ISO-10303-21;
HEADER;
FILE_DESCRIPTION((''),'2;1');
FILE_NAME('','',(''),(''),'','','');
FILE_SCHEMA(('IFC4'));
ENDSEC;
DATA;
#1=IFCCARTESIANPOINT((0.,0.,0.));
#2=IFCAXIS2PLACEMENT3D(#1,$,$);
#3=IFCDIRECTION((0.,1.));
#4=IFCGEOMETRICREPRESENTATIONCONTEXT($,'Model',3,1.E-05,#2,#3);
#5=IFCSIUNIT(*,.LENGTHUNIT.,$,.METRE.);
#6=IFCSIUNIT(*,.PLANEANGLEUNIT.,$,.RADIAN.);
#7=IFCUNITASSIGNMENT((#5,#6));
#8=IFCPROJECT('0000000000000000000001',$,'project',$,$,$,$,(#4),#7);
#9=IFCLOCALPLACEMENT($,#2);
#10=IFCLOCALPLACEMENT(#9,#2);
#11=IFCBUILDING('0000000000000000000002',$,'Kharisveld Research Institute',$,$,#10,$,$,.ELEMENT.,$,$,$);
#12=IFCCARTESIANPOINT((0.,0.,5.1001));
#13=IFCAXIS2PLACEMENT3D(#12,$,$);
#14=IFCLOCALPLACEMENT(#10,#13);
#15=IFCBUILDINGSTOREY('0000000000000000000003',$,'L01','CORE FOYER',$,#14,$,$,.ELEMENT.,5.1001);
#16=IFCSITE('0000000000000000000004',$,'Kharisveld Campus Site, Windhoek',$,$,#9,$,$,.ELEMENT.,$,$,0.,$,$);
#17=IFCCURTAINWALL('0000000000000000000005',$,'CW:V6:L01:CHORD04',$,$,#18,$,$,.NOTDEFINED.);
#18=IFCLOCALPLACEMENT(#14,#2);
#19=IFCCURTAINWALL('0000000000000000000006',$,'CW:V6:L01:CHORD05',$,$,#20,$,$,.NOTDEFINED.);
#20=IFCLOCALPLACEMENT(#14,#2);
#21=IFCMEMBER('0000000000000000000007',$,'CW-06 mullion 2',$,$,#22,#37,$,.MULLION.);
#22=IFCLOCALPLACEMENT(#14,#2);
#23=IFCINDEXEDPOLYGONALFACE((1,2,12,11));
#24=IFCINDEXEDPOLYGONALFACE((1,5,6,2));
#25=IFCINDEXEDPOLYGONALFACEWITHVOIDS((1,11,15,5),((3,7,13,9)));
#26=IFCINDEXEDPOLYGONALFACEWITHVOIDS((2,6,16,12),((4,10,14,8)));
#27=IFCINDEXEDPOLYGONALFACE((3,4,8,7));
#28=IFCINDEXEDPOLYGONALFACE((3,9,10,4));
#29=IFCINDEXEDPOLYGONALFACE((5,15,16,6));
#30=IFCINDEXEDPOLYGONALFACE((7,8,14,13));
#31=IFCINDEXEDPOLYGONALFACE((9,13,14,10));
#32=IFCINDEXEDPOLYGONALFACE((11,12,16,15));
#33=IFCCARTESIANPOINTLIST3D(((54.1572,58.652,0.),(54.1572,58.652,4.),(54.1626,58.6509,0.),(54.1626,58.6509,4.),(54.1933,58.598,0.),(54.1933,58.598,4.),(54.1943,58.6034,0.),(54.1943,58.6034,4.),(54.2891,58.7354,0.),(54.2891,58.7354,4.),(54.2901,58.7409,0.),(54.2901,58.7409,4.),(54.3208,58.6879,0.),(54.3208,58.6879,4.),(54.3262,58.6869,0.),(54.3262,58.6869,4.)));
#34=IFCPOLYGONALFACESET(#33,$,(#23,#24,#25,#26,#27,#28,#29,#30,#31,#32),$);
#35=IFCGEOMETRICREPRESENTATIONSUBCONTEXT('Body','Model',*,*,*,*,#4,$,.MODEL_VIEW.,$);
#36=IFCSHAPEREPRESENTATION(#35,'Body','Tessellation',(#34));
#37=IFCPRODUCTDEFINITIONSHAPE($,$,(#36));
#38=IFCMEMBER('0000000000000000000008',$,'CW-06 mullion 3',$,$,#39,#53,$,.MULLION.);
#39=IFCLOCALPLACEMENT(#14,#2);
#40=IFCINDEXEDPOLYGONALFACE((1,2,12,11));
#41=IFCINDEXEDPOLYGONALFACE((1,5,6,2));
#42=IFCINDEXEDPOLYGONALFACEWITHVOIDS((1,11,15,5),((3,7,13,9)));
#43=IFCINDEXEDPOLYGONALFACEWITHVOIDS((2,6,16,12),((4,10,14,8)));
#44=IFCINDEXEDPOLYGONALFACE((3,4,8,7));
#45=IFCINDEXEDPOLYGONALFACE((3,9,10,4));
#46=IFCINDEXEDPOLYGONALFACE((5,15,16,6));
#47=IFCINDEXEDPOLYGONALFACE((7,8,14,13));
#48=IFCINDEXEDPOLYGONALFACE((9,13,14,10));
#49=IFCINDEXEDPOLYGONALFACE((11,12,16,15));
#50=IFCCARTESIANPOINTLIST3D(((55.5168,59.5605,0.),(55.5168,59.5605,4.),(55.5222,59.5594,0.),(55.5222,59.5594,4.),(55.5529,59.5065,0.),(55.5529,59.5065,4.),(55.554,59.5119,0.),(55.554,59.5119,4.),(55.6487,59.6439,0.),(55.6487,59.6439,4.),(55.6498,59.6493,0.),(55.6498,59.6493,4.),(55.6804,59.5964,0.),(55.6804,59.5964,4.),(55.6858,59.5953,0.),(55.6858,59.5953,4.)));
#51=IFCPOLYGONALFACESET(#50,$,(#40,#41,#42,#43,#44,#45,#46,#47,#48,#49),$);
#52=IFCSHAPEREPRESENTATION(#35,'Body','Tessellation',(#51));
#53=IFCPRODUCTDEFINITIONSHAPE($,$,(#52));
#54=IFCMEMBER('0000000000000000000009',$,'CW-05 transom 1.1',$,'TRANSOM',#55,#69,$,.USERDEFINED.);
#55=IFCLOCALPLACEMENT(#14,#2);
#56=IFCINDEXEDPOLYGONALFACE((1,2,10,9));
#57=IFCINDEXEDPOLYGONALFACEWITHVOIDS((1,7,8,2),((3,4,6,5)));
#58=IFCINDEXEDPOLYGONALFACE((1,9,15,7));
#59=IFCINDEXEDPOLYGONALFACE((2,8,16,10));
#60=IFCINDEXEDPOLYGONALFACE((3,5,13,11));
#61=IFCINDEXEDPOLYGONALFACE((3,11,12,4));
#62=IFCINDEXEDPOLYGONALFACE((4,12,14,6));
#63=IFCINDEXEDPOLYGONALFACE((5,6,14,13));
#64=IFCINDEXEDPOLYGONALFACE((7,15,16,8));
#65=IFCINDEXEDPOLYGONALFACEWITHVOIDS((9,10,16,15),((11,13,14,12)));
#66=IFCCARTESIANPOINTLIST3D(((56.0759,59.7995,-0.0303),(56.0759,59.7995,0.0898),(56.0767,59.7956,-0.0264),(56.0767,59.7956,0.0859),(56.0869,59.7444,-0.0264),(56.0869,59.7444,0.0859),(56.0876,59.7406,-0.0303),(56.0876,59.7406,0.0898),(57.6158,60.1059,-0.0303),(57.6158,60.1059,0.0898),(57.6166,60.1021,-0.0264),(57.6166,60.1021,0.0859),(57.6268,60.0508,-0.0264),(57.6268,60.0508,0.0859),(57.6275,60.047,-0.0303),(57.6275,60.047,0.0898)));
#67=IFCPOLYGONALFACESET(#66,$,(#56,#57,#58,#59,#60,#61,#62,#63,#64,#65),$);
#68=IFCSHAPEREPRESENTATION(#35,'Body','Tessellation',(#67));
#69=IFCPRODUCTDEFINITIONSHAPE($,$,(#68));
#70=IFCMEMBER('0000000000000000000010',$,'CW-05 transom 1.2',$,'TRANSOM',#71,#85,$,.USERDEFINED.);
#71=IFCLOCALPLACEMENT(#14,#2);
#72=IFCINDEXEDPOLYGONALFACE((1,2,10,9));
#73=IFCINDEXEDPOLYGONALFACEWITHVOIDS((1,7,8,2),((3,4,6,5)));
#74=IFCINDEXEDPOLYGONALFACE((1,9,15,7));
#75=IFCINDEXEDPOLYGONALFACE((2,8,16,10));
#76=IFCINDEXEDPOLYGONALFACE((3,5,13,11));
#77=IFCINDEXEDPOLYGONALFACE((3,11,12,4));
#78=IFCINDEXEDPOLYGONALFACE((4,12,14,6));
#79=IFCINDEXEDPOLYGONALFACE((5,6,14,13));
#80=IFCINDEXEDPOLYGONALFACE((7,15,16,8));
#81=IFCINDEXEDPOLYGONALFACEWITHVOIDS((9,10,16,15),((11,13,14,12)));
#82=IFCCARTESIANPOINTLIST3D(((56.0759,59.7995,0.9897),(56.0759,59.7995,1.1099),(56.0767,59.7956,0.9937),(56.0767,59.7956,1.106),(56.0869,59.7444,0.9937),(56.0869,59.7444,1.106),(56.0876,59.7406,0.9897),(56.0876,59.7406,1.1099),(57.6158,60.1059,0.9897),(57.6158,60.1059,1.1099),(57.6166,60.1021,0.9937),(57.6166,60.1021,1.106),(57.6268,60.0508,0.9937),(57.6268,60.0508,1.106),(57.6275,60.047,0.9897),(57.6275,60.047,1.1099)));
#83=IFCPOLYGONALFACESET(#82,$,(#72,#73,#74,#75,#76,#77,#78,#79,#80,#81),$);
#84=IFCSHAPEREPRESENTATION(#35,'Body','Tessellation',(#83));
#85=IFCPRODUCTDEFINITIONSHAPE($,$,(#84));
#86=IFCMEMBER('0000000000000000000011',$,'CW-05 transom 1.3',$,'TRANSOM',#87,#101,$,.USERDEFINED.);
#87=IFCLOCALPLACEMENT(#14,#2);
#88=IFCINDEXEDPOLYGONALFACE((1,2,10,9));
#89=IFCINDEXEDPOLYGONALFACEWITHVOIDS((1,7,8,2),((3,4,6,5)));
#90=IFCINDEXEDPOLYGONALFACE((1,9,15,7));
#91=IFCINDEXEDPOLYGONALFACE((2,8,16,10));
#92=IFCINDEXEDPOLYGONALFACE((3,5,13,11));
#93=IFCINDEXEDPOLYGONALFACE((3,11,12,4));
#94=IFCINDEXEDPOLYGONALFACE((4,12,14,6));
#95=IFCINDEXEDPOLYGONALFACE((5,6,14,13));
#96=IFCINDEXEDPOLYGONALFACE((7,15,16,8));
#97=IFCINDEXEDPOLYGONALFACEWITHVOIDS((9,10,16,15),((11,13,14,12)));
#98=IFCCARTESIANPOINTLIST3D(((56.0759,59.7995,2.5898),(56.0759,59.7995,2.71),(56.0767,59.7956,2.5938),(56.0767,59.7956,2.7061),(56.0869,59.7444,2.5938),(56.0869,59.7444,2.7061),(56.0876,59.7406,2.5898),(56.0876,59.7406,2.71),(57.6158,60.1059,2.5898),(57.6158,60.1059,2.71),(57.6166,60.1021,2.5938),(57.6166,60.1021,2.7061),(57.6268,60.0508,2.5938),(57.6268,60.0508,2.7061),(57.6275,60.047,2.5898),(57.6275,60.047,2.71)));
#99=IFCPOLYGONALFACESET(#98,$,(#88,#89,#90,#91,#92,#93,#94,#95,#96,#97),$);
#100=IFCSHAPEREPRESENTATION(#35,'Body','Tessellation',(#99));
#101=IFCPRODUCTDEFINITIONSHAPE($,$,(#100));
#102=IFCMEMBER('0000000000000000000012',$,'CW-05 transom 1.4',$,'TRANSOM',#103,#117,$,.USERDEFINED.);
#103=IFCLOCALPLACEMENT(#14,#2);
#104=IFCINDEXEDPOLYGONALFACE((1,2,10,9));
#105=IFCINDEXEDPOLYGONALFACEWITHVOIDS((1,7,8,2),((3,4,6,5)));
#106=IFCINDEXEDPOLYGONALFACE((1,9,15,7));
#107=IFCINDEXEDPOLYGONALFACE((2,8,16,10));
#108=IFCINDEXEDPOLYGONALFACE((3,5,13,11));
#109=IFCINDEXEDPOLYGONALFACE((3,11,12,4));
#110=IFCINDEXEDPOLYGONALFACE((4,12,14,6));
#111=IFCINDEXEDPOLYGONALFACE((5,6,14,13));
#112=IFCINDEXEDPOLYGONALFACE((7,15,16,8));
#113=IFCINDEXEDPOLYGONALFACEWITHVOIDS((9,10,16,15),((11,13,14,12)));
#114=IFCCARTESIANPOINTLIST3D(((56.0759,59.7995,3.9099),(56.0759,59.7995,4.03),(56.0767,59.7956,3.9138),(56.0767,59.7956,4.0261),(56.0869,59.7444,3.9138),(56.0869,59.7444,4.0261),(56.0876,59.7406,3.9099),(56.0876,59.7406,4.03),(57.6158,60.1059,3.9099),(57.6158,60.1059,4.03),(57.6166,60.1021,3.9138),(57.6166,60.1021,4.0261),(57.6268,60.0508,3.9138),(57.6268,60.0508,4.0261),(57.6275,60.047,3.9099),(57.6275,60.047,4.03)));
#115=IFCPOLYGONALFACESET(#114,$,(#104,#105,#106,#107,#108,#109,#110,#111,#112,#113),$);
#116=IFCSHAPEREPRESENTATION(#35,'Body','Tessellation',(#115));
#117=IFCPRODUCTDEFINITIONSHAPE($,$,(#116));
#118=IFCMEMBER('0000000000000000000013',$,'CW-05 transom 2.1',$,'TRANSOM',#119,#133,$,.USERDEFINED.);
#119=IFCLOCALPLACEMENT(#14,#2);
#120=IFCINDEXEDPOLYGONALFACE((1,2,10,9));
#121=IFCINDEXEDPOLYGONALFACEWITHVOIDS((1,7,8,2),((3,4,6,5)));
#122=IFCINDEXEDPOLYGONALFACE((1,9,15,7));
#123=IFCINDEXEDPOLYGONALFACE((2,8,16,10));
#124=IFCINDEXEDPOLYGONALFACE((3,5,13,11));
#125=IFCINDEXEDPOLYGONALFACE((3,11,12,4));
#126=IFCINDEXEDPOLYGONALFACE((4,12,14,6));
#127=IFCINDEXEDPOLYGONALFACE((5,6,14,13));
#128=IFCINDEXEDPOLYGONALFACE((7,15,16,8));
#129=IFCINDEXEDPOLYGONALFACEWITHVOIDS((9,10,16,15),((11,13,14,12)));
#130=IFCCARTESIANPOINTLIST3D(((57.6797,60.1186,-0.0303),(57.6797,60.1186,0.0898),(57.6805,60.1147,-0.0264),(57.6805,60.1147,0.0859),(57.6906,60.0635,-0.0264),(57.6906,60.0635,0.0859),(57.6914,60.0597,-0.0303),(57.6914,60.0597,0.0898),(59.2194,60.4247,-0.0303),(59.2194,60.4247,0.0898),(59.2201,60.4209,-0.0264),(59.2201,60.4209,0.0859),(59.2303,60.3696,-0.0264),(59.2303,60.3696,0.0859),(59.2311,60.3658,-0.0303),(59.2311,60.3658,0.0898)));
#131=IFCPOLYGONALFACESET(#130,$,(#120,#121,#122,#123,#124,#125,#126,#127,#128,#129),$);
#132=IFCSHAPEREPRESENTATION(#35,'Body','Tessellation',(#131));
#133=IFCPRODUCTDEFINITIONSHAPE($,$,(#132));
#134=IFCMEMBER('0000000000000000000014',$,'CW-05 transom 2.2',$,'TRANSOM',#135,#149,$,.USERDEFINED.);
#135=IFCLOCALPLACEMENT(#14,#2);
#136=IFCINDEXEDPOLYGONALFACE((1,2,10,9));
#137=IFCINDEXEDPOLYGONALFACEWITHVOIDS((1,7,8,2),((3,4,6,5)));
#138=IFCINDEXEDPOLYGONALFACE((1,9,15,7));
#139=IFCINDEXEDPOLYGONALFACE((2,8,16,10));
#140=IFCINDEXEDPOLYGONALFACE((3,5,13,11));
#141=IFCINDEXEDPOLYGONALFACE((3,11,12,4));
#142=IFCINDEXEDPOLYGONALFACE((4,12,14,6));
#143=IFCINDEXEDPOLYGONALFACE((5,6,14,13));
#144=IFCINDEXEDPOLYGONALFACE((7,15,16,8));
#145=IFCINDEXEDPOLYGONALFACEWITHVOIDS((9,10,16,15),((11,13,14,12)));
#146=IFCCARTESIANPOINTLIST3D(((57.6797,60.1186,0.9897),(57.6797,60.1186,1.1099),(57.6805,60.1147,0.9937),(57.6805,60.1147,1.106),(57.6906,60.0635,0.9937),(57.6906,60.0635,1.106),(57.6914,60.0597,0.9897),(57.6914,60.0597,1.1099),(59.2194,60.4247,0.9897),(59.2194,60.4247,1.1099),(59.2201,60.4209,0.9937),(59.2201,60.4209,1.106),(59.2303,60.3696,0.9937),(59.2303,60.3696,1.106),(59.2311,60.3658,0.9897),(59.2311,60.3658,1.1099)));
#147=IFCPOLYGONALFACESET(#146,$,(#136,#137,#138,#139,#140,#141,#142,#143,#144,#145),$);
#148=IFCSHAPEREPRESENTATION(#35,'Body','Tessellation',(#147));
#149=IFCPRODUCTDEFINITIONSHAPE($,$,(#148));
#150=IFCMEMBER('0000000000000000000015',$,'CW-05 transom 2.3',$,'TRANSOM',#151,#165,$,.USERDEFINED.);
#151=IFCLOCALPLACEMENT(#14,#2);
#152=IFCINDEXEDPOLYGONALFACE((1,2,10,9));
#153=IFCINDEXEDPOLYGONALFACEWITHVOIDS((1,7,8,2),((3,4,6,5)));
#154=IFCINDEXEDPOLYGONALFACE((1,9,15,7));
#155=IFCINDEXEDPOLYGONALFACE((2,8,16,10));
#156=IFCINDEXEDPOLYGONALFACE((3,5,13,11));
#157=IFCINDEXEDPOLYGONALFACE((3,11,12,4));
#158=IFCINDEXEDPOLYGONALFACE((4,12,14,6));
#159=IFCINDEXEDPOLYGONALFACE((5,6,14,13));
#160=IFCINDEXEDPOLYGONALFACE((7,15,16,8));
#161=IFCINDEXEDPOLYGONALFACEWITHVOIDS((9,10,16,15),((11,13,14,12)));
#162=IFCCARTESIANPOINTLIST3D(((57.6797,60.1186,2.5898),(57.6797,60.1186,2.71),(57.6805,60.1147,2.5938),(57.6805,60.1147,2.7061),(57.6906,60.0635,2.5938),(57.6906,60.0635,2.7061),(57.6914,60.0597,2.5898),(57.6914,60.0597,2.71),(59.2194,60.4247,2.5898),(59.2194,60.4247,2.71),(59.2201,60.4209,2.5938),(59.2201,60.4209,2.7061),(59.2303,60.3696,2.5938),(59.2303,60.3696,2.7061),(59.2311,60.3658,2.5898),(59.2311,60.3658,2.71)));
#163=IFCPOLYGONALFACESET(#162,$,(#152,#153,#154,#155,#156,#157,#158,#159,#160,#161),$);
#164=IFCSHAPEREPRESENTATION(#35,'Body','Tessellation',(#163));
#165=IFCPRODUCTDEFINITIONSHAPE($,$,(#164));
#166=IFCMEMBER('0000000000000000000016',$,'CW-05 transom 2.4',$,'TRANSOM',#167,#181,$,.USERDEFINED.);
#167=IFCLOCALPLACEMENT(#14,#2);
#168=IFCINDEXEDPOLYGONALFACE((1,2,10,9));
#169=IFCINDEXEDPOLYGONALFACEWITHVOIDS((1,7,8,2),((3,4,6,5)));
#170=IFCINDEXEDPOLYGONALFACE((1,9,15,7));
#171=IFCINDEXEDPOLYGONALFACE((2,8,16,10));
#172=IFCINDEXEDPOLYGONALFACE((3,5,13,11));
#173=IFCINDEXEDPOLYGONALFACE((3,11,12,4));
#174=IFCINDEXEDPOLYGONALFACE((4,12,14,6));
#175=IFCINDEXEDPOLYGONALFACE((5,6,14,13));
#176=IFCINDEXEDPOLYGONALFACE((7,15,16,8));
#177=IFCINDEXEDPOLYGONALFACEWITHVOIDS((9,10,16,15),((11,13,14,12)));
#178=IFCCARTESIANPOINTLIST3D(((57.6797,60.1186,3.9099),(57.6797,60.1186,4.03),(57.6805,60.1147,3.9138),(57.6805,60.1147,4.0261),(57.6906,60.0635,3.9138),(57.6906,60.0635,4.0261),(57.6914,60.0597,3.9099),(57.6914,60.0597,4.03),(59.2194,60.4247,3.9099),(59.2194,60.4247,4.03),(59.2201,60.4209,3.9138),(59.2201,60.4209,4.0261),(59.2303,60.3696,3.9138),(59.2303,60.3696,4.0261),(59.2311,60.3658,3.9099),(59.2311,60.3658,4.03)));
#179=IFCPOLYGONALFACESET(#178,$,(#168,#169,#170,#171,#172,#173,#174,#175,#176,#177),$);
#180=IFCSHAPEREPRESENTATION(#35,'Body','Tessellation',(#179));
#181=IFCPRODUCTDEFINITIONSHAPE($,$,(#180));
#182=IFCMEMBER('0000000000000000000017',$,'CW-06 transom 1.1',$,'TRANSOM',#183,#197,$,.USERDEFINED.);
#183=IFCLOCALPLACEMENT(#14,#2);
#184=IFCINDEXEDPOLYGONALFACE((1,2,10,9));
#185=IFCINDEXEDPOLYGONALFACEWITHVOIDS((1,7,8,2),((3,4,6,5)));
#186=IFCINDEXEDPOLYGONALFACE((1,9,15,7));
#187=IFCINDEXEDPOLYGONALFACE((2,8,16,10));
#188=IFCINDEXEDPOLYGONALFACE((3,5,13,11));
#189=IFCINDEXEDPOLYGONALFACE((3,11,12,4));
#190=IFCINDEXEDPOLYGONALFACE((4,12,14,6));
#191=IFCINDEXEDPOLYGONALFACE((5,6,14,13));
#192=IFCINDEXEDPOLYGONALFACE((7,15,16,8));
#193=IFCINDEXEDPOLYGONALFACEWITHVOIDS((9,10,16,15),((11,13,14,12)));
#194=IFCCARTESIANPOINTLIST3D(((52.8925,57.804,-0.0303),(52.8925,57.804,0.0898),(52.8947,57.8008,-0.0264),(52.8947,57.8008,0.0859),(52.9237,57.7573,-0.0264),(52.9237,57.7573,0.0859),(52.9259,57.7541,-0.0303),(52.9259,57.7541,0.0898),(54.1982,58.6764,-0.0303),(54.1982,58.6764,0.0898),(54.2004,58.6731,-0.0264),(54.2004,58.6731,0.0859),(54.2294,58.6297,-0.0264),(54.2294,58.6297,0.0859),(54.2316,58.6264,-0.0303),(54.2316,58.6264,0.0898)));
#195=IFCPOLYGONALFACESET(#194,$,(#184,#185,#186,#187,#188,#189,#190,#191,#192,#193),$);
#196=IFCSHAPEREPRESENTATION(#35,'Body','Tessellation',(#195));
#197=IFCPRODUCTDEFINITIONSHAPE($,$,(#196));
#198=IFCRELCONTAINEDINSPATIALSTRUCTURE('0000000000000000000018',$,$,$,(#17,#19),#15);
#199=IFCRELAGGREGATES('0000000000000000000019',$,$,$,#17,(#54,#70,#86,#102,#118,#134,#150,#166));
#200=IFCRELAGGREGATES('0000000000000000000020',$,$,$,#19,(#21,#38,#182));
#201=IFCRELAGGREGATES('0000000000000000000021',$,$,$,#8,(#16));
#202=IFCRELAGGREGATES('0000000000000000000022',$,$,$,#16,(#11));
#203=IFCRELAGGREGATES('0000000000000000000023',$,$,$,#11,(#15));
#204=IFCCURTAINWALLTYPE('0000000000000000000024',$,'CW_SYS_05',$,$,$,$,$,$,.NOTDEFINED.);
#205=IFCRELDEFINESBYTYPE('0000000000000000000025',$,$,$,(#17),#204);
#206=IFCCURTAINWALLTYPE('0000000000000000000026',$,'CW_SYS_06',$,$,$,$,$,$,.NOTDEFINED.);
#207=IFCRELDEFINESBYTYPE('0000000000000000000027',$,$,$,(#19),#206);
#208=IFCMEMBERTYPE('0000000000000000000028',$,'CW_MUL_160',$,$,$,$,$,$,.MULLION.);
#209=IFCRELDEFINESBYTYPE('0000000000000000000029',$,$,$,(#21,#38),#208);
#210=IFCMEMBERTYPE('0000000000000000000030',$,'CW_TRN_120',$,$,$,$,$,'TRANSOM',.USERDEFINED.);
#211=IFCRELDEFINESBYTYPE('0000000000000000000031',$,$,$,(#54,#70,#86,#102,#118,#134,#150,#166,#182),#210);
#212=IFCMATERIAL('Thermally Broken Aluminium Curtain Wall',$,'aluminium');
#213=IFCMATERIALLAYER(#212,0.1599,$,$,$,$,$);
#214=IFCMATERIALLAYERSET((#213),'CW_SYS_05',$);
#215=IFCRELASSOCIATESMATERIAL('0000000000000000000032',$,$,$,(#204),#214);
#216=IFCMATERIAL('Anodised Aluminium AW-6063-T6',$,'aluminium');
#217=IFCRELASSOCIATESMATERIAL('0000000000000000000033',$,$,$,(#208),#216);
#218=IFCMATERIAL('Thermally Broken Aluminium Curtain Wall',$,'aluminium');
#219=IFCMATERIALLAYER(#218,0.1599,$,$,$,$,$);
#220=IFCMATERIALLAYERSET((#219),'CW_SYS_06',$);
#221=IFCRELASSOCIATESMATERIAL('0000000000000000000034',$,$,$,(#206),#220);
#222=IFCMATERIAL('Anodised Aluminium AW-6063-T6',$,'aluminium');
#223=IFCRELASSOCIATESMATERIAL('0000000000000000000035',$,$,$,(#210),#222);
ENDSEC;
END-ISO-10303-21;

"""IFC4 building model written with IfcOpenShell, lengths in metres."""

from ifc_helpers import new_model, si_unit, direction, frame, origin, origin_2d, place, context, subcontext, project, spatial, hollow_rectangle, extrude, material, layer, layer_set, material_profile, profile_set, type_object, element, aggregate, save


model = new_model("IFC4")

# Units and contexts
model_context = context("Model", 3, precision=1e-05, world=origin(), true_north=direction((0.0, 1.0)))
body_context = subcontext(model_context, "Body", "Model", "MODEL_VIEW")
ifc_project = project(units=[si_unit("LENGTHUNIT", "METRE"), si_unit("PLANEANGLEUNIT", "RADIAN")], contexts=[model_context])

# Site, building, storey
site_placement = place(None, origin())
site = spatial("IfcSite", under=ifc_project, at=site_placement, Name="Kharisveld Campus Site, Windhoek", CompositionType="ELEMENT", RefElevation=0.0)
building_placement = place(site_placement, origin())
building = spatial("IfcBuilding", under=site, at=building_placement, Name="Kharisveld Research Institute", CompositionType="ELEMENT")
storey_placement = place(building_placement, frame((0.0, 0.0, 5.1001)))
storey = spatial("IfcBuildingStorey", under=building, at=storey_placement, Name="L01", Description="CORE FOYER", CompositionType="ELEMENT", Elevation=5.1001)

# Curtain walls, members
ifc_material_1 = material(Name="Thermally Broken Aluminium Curtain Wall", Category="aluminium")
ifc_layer_1 = layer(ifc_material_1, 0.1599)
ifc_layer_set_1 = layer_set([ifc_layer_1], Name="CW_SYS_05")
curtain_wall_type_1 = type_object("IfcCurtainWallType", Name="CW_SYS_05", PredefinedType="NOTDEFINED", material=ifc_layer_set_1)
curtain_wall_1_placement = place(storey_placement, origin())
curtain_wall_1 = element("IfcCurtainWall", 1, at=curtain_wall_1_placement, inside=storey, type_object=curtain_wall_type_1, Name="CW:V6:L01:CHORD04", PredefinedType="NOTDEFINED")
ifc_material_2 = material(Name="Anodised Aluminium AW-6063-T6", Category="aluminium")
ifc_material_profile_1 = material_profile(ifc_material_2, hollow_rectangle(XDim=0.0649, YDim=0.1599, WallThickness=0.0039, at=origin_2d()))
ifc_profile_set_1 = profile_set([ifc_material_profile_1], Name="Anodised Aluminium AW-6063-T6")
member_type_1 = type_object("IfcMemberType", Name="CW_MUL_160", PredefinedType="MULLION", material=ifc_profile_set_1)
ifc_material_3 = material(Name="Thermally Broken Aluminium Curtain Wall", Category="aluminium")
ifc_layer_2 = layer(ifc_material_3, 0.1599)
ifc_layer_set_2 = layer_set([ifc_layer_2], Name="CW_SYS_06")
curtain_wall_type_2 = type_object("IfcCurtainWallType", Name="CW_SYS_06", PredefinedType="NOTDEFINED", material=ifc_layer_set_2)
curtain_wall_2_placement = place(storey_placement, origin())
curtain_wall_2 = element("IfcCurtainWall", 2, at=curtain_wall_2_placement, inside=storey, type_object=curtain_wall_type_2, Name="CW:V6:L01:CHORD05", PredefinedType="NOTDEFINED")
member_1_placement = place(storey_placement, frame((54.2417, 58.6694, 0.0), z_axis=(0.0, 0.0, 1.0), x_axis=(-0.55557, 0.83147, 0.0)))
member_1 = element("IfcMember", 3, at=member_1_placement, type_object=member_type_1, Name="CW-06 mullion 2", PredefinedType="MULLION", context=body_context, shape_type="SweptSolid", body=[
    extrude(hollow_rectangle(XDim=0.0649, YDim=0.1599, WallThickness=0.0039, at=origin_2d()), origin(), (0.0, 0.0, 1.0), 4.0),
])
member_2_placement = place(storey_placement, frame((55.6013, 59.5779, 0.0), z_axis=(0.0, 0.0, 1.0), x_axis=(-0.55557, 0.83147, 0.0)))
member_2 = element("IfcMember", 4, at=member_2_placement, type_object=member_type_1, Name="CW-06 mullion 3", PredefinedType="MULLION", context=body_context, shape_type="SweptSolid", body=[
    extrude(hollow_rectangle(XDim=0.0649, YDim=0.1599, WallThickness=0.0039, at=origin_2d()), origin(), (0.0, 0.0, 1.0), 4.0),
])

# Members
ifc_material_4 = material(Name="Anodised Aluminium AW-6063-T6", Category="aluminium")
ifc_material_profile_2 = material_profile(ifc_material_4, hollow_rectangle(XDim=0.0601, YDim=0.1201, WallThickness=0.0039, at=origin_2d()))
ifc_profile_set_2 = profile_set([ifc_material_profile_2], Name="Anodised Aluminium AW-6063-T6")
member_type_2 = type_object("IfcMemberType", Name="CW_TRN_120", ElementType="TRANSOM", PredefinedType="USERDEFINED", material=ifc_profile_set_2)
member_3_placement = place(storey_placement, frame((56.0818, 59.77, 0.0298), z_axis=(0.980772, 0.195159, 0.0), x_axis=(-0.195159, 0.980772, 0.0)))
member_3 = element("IfcMember", 5, at=member_3_placement, type_object=member_type_2, Name="CW-05 transom 1.1", ObjectType="TRANSOM", PredefinedType="USERDEFINED", context=body_context, shape_type="SweptSolid", body=[
    extrude(hollow_rectangle(XDim=0.0601, YDim=0.1201, WallThickness=0.0039, at=origin_2d()), origin(), (0.0, 0.0, 1.0), 1.5701),
])
member_4_placement = place(storey_placement, frame((56.0818, 59.77, 1.0498), z_axis=(0.980772, 0.195159, 0.0), x_axis=(-0.195159, 0.980772, 0.0)))
member_4 = element("IfcMember", 6, at=member_4_placement, type_object=member_type_2, Name="CW-05 transom 1.2", ObjectType="TRANSOM", PredefinedType="USERDEFINED", context=body_context, shape_type="SweptSolid", body=[
    extrude(hollow_rectangle(XDim=0.0601, YDim=0.1201, WallThickness=0.0039, at=origin_2d()), origin(), (0.0, 0.0, 1.0), 1.5701),
])
member_5_placement = place(storey_placement, frame((56.0818, 59.77, 2.6499), z_axis=(0.980772, 0.195159, 0.0), x_axis=(-0.195159, 0.980772, 0.0)))
member_5 = element("IfcMember", 7, at=member_5_placement, type_object=member_type_2, Name="CW-05 transom 1.3", ObjectType="TRANSOM", PredefinedType="USERDEFINED", context=body_context, shape_type="SweptSolid", body=[
    extrude(hollow_rectangle(XDim=0.0601, YDim=0.1201, WallThickness=0.0039, at=origin_2d()), origin(), (0.0, 0.0, 1.0), 1.5701),
])
member_6_placement = place(storey_placement, frame((56.0818, 59.77, 3.97), z_axis=(0.980772, 0.195159, 0.0), x_axis=(-0.195159, 0.980772, 0.0)))
member_6 = element("IfcMember", 8, at=member_6_placement, type_object=member_type_2, Name="CW-05 transom 1.4", ObjectType="TRANSOM", PredefinedType="USERDEFINED", context=body_context, shape_type="SweptSolid", body=[
    extrude(hollow_rectangle(XDim=0.0601, YDim=0.1201, WallThickness=0.0039, at=origin_2d()), origin(), (0.0, 0.0, 1.0), 1.5701),
])
member_7_placement = place(storey_placement, frame((57.6855, 60.0891, 0.0298), z_axis=(0.980801, 0.195009, 0.0), x_axis=(-0.195009, 0.980801, 0.0)))
member_7 = element("IfcMember", 9, at=member_7_placement, type_object=member_type_2, Name="CW-05 transom 2.1", ObjectType="TRANSOM", PredefinedType="USERDEFINED", context=body_context, shape_type="SweptSolid", body=[
    extrude(hollow_rectangle(XDim=0.0601, YDim=0.1201, WallThickness=0.0039, at=origin_2d()), origin(), (0.0, 0.0, 1.0), 1.5698),
])
member_8_placement = place(storey_placement, frame((57.6855, 60.0891, 1.0498), z_axis=(0.980801, 0.195009, 0.0), x_axis=(-0.195009, 0.980801, 0.0)))
member_8 = element("IfcMember", 10, at=member_8_placement, type_object=member_type_2, Name="CW-05 transom 2.2", ObjectType="TRANSOM", PredefinedType="USERDEFINED", context=body_context, shape_type="SweptSolid", body=[
    extrude(hollow_rectangle(XDim=0.0601, YDim=0.1201, WallThickness=0.0039, at=origin_2d()), origin(), (0.0, 0.0, 1.0), 1.5698),
])
member_9_placement = place(storey_placement, frame((57.6855, 60.0891, 2.6499), z_axis=(0.980801, 0.195009, 0.0), x_axis=(-0.195009, 0.980801, 0.0)))
member_9 = element("IfcMember", 11, at=member_9_placement, type_object=member_type_2, Name="CW-05 transom 2.3", ObjectType="TRANSOM", PredefinedType="USERDEFINED", context=body_context, shape_type="SweptSolid", body=[
    extrude(hollow_rectangle(XDim=0.0601, YDim=0.1201, WallThickness=0.0039, at=origin_2d()), origin(), (0.0, 0.0, 1.0), 1.5698),
])
member_10_placement = place(storey_placement, frame((57.6855, 60.0891, 3.97), z_axis=(0.980801, 0.195009, 0.0), x_axis=(-0.195009, 0.980801, 0.0)))
member_10 = element("IfcMember", 12, at=member_10_placement, type_object=member_type_2, Name="CW-05 transom 2.4", ObjectType="TRANSOM", PredefinedType="USERDEFINED", context=body_context, shape_type="SweptSolid", body=[
    extrude(hollow_rectangle(XDim=0.0601, YDim=0.1201, WallThickness=0.0039, at=origin_2d()), origin(), (0.0, 0.0, 1.0), 1.5698),
])
member_11_placement = place(storey_placement, frame((52.9092, 57.7791, 0.0298), z_axis=(0.8315, 0.555525, 0.0), x_axis=(-0.555525, 0.8315, 0.0)))
member_11 = element("IfcMember", 13, at=member_11_placement, type_object=member_type_2, Name="CW-06 transom 1.1", ObjectType="TRANSOM", PredefinedType="USERDEFINED", context=body_context, shape_type="SweptSolid", body=[
    extrude(hollow_rectangle(XDim=0.0601, YDim=0.1201, WallThickness=0.0039, at=origin_2d()), origin(), (0.0, 0.0, 1.0), 1.5703),
])

aggregate(curtain_wall_1, [member_3, member_4, member_5, member_6, member_7, member_8, member_9, member_10])
aggregate(curtain_wall_2, [member_1, member_2, member_11])

save(model, "model.ifc")
